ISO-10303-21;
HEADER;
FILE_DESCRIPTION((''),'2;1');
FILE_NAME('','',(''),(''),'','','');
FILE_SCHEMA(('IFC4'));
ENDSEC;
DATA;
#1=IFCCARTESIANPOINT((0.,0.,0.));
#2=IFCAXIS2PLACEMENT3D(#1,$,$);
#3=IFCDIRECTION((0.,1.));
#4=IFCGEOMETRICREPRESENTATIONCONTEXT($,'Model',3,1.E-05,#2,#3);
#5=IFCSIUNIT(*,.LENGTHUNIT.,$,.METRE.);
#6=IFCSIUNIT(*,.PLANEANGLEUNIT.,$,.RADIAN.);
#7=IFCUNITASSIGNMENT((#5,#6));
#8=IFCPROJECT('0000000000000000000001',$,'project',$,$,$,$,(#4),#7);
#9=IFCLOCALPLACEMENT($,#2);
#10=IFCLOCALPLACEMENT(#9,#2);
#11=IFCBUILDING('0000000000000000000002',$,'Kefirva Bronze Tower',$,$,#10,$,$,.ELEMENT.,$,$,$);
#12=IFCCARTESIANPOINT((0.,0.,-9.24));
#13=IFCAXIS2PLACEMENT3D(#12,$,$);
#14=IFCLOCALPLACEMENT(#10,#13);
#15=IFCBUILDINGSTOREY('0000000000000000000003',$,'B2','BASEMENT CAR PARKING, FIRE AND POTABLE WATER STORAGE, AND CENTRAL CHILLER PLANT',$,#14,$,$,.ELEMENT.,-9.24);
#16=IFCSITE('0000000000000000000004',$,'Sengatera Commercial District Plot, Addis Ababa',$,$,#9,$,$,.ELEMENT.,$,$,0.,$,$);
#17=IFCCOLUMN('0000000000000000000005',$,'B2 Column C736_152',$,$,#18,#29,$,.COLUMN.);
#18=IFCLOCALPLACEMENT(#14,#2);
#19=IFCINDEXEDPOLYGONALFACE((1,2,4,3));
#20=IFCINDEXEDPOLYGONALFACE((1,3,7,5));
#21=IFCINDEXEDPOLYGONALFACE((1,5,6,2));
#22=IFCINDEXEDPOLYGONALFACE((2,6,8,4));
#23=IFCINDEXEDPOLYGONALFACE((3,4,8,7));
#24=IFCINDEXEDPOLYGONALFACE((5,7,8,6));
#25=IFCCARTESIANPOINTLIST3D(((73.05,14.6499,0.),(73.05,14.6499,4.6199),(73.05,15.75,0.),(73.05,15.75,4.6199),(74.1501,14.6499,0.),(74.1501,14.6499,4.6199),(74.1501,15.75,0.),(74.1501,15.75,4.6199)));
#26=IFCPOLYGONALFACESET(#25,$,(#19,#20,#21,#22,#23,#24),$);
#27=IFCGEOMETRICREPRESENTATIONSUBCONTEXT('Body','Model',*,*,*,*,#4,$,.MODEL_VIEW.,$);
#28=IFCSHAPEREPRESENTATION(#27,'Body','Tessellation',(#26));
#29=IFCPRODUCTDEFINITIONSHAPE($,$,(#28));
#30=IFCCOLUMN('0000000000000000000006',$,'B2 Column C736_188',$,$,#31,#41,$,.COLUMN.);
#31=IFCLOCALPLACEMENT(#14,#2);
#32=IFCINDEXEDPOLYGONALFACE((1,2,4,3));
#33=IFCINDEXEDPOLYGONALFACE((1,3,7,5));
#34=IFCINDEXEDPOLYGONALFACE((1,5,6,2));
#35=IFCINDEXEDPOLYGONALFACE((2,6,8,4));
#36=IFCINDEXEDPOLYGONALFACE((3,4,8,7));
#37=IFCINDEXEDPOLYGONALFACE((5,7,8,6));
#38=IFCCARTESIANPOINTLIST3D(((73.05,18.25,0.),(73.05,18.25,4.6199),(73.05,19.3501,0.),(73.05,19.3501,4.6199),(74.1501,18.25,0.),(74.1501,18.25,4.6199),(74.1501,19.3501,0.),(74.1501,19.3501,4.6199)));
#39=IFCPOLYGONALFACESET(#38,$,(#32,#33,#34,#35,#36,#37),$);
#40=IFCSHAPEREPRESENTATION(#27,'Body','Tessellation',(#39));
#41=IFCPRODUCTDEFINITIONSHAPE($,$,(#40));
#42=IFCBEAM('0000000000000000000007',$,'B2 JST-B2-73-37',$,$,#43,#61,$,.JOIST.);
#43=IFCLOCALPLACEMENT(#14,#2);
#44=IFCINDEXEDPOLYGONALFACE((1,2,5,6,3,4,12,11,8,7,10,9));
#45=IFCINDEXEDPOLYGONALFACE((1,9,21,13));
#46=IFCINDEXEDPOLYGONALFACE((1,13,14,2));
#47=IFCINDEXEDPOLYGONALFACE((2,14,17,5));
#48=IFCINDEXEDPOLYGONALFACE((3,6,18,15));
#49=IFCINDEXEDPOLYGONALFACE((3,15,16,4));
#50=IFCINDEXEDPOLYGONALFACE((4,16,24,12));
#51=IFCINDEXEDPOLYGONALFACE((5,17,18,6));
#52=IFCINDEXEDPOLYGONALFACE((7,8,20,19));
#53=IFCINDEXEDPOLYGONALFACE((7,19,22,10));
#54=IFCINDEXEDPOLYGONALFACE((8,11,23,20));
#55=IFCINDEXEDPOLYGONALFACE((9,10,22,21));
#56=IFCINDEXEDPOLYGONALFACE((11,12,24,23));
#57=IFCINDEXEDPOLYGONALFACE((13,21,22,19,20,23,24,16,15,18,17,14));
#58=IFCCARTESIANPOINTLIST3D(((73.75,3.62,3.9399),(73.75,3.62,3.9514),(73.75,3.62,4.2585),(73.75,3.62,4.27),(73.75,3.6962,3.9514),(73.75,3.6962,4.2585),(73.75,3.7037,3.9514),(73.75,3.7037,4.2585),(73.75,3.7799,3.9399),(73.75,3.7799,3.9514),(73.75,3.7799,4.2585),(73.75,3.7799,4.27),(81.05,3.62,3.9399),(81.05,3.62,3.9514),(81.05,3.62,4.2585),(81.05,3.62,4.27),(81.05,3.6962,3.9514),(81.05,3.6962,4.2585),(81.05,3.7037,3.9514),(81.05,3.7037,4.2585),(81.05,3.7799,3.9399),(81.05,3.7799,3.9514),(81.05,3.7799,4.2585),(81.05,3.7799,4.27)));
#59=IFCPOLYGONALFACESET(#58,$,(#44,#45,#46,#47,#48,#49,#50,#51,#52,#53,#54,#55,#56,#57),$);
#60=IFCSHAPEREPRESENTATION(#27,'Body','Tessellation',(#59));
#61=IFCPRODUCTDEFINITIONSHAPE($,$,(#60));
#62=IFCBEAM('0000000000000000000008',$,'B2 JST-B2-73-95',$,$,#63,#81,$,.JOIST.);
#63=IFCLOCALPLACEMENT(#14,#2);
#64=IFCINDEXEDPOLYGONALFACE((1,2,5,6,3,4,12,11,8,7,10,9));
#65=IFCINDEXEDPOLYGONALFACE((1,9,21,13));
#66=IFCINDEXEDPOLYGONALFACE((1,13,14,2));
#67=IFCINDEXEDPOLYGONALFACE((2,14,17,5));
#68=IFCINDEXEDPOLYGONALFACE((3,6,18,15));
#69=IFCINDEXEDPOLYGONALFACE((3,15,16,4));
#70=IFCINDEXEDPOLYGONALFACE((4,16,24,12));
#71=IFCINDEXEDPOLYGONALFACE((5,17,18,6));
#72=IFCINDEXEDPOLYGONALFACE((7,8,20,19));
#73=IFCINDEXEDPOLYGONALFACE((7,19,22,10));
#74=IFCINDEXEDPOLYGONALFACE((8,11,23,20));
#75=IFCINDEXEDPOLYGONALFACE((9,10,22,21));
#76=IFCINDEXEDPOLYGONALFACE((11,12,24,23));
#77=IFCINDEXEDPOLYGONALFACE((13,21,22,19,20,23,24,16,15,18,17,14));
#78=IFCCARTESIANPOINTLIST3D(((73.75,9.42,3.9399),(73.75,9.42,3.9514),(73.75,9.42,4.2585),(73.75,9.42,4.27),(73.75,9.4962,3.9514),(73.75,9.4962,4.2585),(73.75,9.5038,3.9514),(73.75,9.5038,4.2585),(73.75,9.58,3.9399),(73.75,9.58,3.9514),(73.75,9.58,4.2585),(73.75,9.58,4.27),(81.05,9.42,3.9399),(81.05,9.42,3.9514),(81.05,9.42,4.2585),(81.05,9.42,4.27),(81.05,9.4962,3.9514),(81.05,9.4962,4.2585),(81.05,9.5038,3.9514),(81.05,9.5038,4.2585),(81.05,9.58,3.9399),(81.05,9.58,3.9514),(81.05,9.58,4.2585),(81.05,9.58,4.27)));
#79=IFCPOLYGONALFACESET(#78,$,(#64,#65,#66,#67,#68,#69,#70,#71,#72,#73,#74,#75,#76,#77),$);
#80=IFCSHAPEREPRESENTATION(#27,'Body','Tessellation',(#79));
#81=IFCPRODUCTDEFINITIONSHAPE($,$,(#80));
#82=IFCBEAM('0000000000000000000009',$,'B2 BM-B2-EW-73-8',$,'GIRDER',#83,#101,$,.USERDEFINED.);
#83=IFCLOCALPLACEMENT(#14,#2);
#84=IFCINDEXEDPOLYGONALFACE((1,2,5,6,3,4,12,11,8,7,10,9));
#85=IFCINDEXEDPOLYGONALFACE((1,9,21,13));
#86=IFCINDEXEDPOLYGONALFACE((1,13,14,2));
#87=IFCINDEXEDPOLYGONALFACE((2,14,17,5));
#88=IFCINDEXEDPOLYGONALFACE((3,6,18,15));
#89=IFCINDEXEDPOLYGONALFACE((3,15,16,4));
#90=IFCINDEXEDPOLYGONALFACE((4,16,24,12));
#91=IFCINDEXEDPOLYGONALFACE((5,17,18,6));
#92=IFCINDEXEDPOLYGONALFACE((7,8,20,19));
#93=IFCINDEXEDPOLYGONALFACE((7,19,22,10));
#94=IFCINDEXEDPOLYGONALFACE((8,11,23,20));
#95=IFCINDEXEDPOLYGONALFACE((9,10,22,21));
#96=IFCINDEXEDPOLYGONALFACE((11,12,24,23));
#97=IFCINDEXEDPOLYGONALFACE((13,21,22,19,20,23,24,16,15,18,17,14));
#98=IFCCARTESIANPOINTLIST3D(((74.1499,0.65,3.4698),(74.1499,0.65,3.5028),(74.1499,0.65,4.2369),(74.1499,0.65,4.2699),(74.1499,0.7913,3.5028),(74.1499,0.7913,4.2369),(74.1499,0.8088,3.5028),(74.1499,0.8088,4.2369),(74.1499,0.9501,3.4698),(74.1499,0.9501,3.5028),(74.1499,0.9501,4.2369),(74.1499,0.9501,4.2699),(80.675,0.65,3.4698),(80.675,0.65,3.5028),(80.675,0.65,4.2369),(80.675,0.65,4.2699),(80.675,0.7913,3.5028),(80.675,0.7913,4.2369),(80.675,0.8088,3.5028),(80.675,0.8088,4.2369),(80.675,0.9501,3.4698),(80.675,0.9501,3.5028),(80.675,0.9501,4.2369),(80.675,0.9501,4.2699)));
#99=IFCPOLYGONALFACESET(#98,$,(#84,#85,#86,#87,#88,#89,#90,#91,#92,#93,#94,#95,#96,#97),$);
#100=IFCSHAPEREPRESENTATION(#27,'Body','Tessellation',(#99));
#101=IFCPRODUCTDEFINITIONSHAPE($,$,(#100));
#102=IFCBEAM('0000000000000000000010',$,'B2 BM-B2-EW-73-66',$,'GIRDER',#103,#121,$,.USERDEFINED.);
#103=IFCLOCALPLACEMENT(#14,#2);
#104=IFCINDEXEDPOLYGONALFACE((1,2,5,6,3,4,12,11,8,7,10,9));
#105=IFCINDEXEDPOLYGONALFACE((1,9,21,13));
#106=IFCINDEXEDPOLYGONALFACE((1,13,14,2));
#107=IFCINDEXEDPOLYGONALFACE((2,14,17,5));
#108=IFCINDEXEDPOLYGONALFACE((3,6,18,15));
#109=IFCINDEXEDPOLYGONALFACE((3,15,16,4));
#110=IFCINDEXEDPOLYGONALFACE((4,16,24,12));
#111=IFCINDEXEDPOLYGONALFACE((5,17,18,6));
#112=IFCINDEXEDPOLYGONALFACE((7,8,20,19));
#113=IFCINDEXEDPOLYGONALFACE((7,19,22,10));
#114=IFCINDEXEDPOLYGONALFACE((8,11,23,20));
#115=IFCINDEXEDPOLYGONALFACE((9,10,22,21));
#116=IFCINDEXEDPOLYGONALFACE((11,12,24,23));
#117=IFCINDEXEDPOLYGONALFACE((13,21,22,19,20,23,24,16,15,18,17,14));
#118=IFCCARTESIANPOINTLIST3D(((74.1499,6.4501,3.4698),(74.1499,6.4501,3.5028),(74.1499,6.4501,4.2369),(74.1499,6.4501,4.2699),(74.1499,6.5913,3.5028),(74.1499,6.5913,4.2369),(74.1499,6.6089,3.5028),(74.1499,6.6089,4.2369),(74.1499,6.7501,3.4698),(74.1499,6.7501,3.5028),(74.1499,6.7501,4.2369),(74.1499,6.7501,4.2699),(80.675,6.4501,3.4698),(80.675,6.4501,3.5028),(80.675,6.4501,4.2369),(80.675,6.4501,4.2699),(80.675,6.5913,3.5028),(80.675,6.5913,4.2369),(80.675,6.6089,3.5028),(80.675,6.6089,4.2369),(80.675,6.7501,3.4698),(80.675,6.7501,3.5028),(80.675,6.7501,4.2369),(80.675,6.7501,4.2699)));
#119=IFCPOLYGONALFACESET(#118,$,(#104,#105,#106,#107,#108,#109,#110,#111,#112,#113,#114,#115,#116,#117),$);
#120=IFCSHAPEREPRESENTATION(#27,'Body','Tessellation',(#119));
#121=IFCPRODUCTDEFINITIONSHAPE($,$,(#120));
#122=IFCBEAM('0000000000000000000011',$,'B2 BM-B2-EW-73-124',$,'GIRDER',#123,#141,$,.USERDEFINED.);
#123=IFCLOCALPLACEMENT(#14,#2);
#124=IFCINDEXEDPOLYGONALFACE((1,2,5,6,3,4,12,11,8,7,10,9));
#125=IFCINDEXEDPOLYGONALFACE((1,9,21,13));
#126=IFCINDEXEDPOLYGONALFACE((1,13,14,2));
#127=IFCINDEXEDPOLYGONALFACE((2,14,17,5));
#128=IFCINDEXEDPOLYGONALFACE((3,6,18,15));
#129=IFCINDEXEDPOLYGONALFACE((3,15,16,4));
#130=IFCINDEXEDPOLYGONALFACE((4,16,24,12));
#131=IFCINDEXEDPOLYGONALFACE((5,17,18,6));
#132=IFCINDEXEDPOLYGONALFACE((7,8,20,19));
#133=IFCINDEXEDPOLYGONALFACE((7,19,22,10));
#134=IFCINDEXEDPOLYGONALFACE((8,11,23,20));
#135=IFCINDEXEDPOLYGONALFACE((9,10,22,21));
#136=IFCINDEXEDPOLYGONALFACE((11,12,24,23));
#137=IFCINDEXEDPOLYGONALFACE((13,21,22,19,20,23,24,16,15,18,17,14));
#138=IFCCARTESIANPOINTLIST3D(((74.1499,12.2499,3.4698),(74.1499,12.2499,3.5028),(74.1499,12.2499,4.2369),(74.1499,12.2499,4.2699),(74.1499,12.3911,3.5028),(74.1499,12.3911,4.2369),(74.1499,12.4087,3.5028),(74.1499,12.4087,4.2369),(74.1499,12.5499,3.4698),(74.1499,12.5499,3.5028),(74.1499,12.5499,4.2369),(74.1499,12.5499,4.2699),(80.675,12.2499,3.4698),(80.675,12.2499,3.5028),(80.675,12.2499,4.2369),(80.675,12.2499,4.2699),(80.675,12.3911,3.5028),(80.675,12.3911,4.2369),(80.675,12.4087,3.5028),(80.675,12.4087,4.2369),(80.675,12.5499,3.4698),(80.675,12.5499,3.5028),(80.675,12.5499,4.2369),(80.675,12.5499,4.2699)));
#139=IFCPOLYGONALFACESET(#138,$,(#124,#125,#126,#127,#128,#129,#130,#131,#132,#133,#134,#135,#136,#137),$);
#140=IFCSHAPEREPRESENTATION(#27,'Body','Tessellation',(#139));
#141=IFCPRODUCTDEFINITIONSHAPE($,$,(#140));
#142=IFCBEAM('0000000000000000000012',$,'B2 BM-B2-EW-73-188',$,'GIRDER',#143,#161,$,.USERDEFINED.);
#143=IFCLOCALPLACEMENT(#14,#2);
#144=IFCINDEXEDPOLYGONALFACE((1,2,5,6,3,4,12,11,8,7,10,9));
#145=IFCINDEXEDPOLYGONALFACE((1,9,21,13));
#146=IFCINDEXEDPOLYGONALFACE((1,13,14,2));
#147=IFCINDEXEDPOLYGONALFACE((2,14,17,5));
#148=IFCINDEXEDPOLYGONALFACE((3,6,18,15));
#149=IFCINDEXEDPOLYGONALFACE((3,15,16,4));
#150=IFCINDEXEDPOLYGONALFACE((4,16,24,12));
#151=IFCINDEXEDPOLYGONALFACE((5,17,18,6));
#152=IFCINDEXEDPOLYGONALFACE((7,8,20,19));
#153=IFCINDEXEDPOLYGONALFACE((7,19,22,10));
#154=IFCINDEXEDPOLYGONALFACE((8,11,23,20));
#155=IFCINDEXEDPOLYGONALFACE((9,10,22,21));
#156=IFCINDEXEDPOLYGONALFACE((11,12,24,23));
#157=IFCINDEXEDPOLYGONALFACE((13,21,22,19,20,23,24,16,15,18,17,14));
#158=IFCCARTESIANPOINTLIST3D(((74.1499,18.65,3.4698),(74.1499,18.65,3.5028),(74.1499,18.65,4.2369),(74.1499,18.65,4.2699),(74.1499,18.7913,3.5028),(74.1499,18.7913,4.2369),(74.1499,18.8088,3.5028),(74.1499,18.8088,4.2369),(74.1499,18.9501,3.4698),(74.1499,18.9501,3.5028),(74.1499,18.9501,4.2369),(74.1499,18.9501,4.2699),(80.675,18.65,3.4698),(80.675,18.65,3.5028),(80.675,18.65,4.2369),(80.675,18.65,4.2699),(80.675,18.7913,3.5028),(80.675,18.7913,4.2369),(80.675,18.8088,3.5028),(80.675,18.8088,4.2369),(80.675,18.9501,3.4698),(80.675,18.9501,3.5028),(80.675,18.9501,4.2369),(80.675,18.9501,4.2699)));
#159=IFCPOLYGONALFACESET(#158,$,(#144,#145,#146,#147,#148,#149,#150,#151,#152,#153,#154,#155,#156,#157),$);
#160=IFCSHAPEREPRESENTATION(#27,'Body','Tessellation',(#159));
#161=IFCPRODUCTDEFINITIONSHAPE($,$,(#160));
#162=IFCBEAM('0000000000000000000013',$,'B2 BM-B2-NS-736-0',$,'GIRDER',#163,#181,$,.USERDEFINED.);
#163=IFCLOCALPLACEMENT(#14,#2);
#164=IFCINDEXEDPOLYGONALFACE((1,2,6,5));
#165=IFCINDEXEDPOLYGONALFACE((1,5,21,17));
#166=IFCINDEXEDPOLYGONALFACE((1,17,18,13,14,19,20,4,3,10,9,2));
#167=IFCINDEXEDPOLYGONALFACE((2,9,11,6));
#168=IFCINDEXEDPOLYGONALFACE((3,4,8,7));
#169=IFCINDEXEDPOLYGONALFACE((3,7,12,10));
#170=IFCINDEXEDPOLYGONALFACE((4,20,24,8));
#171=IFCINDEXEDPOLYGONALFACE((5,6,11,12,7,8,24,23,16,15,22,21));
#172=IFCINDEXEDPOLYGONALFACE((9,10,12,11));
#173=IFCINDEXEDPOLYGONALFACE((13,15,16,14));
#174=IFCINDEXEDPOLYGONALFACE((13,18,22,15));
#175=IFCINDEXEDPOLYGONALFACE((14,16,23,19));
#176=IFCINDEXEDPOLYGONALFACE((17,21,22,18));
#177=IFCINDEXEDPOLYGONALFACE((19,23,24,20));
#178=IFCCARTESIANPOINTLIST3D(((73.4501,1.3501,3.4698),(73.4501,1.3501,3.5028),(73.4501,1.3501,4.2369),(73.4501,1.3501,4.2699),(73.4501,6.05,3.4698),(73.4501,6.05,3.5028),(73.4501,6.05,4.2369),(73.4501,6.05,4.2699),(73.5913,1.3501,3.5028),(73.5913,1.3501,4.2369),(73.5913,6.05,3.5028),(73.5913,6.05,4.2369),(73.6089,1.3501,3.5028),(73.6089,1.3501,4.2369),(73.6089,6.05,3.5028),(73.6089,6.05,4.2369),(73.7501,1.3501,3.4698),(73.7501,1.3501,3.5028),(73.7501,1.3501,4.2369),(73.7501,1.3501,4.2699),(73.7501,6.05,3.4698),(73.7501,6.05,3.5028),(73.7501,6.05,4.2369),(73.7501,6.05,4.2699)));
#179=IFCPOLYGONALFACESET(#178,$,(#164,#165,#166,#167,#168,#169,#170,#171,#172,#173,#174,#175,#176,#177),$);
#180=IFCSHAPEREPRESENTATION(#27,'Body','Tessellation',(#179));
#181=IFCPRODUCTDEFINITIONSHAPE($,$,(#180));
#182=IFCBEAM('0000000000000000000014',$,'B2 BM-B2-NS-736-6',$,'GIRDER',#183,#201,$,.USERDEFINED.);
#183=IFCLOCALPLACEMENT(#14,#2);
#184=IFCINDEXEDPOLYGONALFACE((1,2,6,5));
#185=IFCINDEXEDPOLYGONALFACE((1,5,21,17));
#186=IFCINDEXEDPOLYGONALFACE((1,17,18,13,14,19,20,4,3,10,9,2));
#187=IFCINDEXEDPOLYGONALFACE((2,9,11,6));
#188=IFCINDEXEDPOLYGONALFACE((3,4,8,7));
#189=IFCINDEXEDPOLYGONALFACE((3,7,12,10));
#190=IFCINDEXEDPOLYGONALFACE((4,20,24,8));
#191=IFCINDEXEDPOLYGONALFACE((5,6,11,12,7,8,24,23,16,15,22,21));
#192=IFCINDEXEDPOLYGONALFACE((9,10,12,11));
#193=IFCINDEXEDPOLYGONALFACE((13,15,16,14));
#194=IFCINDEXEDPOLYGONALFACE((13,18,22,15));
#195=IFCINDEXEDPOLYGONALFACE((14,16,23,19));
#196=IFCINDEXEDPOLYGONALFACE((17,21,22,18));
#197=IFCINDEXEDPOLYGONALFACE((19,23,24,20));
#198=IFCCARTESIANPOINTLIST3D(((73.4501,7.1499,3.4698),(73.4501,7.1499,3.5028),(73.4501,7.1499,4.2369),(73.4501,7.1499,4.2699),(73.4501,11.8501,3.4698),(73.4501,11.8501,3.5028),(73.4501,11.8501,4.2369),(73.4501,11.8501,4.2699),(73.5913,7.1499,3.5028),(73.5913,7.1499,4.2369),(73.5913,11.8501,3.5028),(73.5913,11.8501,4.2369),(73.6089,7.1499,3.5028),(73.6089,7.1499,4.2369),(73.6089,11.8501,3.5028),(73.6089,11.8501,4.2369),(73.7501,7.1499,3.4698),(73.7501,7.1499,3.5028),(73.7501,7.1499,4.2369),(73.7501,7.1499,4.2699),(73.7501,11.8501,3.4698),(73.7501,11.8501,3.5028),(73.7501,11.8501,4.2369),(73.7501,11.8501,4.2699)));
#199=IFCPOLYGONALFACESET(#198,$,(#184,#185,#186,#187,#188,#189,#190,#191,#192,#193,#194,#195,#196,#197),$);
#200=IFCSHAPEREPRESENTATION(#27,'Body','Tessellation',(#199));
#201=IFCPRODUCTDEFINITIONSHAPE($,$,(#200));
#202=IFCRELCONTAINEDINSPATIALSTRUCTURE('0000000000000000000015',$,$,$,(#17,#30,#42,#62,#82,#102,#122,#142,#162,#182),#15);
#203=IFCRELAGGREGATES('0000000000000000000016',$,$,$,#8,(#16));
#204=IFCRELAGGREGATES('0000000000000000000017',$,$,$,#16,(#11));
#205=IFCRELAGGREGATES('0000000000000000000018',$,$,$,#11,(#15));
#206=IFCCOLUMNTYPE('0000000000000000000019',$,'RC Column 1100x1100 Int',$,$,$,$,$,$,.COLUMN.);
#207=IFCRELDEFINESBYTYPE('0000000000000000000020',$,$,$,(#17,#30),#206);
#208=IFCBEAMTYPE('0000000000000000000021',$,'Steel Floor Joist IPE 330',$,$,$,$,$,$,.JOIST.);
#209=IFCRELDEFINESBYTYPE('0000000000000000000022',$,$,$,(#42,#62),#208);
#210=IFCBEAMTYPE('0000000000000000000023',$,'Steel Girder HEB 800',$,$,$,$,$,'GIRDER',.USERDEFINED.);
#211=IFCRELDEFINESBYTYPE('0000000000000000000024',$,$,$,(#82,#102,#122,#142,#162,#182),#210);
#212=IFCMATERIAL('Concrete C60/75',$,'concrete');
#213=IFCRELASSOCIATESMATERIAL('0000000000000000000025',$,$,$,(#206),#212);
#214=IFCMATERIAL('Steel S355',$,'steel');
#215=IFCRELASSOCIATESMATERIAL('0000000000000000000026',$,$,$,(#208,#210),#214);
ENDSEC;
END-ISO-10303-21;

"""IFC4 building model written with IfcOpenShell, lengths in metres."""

from ifc_helpers import new_model, si_unit, direction, frame, origin, origin_2d, place, context, subcontext, project, spatial, rectangle, i_section, extrude, material, material_profile, profile_set, type_object, element, save


model = new_model("IFC4")

# Units and contexts
model_context = context("Model", 3, precision=1e-05, world=origin(), true_north=direction((0.0, 1.0)))
body_context = subcontext(model_context, "Body", "Model", "MODEL_VIEW")
ifc_project = project(units=[si_unit("LENGTHUNIT", "METRE"), si_unit("PLANEANGLEUNIT", "RADIAN")], contexts=[model_context])

# Site, building, storey
site_placement = place(None, origin())
site = spatial("IfcSite", under=ifc_project, at=site_placement, Name="Sengatera Commercial District Plot, Addis Ababa", CompositionType="ELEMENT", RefElevation=0.0)
building_placement = place(site_placement, origin())
building = spatial("IfcBuilding", under=site, at=building_placement, Name="Kefirva Bronze Tower", CompositionType="ELEMENT")
storey_placement = place(building_placement, frame((0.0, 0.0, -9.24)))
storey = spatial("IfcBuildingStorey", under=building, at=storey_placement, Name="B2", Description="BASEMENT CAR PARKING, FIRE AND POTABLE WATER STORAGE, AND CENTRAL CHILLER PLANT", CompositionType="ELEMENT", Elevation=-9.24)

# Columns
ifc_material_1 = material(Name="Concrete C60/75", Category="concrete")
ifc_material_profile_1 = material_profile(ifc_material_1, rectangle(XDim=1.1001, YDim=1.1001, at=origin_2d()), Name="RC 1100x1100")
ifc_profile_set_1 = profile_set([ifc_material_profile_1], Name="Concrete C60/75")
column_type_1 = type_object("IfcColumnType", Name="RC Column 1100x1100 Int", PredefinedType="COLUMN", material=ifc_profile_set_1)
for number, where, z_axis, x_axis, name in (
    (1, (73.6001, 15.2, 0.0), (0.0, 0.0, 1.0), (1.0, 0.0, 0.0), "B2 Column C736_152"),
    (2, (73.6001, 18.8, 0.0), (0.0, 0.0, 1.0), (1.0, 0.0, 0.0), "B2 Column C736_188"),
):
    element("IfcColumn", number, at=place(storey_placement, frame(where, z_axis=z_axis, x_axis=x_axis)), inside=storey, type_object=column_type_1, Name=name, PredefinedType="COLUMN", context=body_context, shape_type="SweptSolid", body=[
        extrude(rectangle(XDim=1.1001, YDim=1.1001, at=origin_2d()), origin(), (0.0, 0.0, 1.0), 4.6199),
    ])

# Beams
ifc_material_2 = material(Name="Steel S355", Category="steel")
ifc_material_profile_2 = material_profile(ifc_material_2, i_section(OverallWidth=0.1599, OverallDepth=0.3301, WebThickness=0.0076, FlangeThickness=0.0115, at=origin_2d()), Name="IPE 330")
ifc_profile_set_2 = profile_set([ifc_material_profile_2], Name="Steel S355")
beam_type_1 = type_object("IfcBeamType", Name="Steel Floor Joist IPE 330", PredefinedType="JOIST", material=ifc_profile_set_2)
for number, where, z_axis, x_axis, name in (
    (3, (73.75, 3.7, 4.105), (1.0, 0.0, 0.0), (0.0, 1.0, 0.0), "B2 JST-B2-73-37"),
    (4, (73.75, 9.5, 4.105), (1.0, 0.0, 0.0), (0.0, 1.0, 0.0), "B2 JST-B2-73-95"),
):
    element("IfcBeam", number, at=place(storey_placement, frame(where, z_axis=z_axis, x_axis=x_axis)), inside=storey, type_object=beam_type_1, Name=name, PredefinedType="JOIST", context=body_context, shape_type="SweptSolid", body=[
        extrude(i_section(OverallWidth=0.1599, OverallDepth=0.3301, WebThickness=0.0076, FlangeThickness=0.0115, at=origin_2d()), origin(), (0.0, 0.0, 1.0), 7.3),
    ])
ifc_material_profile_3 = material_profile(ifc_material_2, i_section(OverallWidth=0.3, OverallDepth=0.8, WebThickness=0.0176, FlangeThickness=0.033, at=origin_2d()), Name="HEB 800")
ifc_profile_set_3 = profile_set([ifc_material_profile_3], Name="Steel S355")
beam_type_2 = type_object("IfcBeamType", Name="Steel Girder HEB 800", ElementType="GIRDER", PredefinedType="USERDEFINED", material=ifc_profile_set_3)
for number, where, z_axis, x_axis, name in (
    (5, (74.1499, 0.8, 3.8699), (1.0, 0.0, 0.0), (0.0, 1.0, 0.0), "B2 BM-B2-EW-73-8"),
    (6, (74.1499, 6.6001, 3.8699), (1.0, 0.0, 0.0), (0.0, 1.0, 0.0), "B2 BM-B2-EW-73-66"),
    (7, (74.1499, 12.3999, 3.8699), (1.0, 0.0, 0.0), (0.0, 1.0, 0.0), "B2 BM-B2-EW-73-124"),
    (8, (74.1499, 18.8, 3.8699), (1.0, 0.0, 0.0), (0.0, 1.0, 0.0), "B2 BM-B2-EW-73-188"),
):
    element("IfcBeam", number, at=place(storey_placement, frame(where, z_axis=z_axis, x_axis=x_axis)), inside=storey, type_object=beam_type_2, Name=name, ObjectType="GIRDER", PredefinedType="USERDEFINED", context=body_context, shape_type="SweptSolid", body=[
        extrude(i_section(OverallWidth=0.3, OverallDepth=0.8, WebThickness=0.0176, FlangeThickness=0.033, at=origin_2d()), origin(), (0.0, 0.0, 1.0), 6.5251),
    ])
beam_1_placement = place(storey_placement, frame((73.6001, 1.3501, 3.8699), z_axis=(0.0, 1.0, 0.0), x_axis=(-1.0, 0.0, 0.0)))
element("IfcBeam", 9, at=beam_1_placement, inside=storey, type_object=beam_type_2, Name="B2 BM-B2-NS-736-0", ObjectType="GIRDER", PredefinedType="USERDEFINED", context=body_context, shape_type="SweptSolid", body=[
    extrude(i_section(OverallWidth=0.3, OverallDepth=0.8, WebThickness=0.0176, FlangeThickness=0.033, at=origin_2d()), origin(), (0.0, 0.0, 1.0), 4.7),
])
beam_2_placement = place(storey_placement, frame((73.6001, 7.1499, 3.8699), z_axis=(0.0, 1.0, 0.0), x_axis=(-1.0, 0.0, 0.0)))
element("IfcBeam", 10, at=beam_2_placement, inside=storey, type_object=beam_type_2, Name="B2 BM-B2-NS-736-6", ObjectType="GIRDER", PredefinedType="USERDEFINED", context=body_context, shape_type="SweptSolid", body=[
    extrude(i_section(OverallWidth=0.3, OverallDepth=0.8, WebThickness=0.0176, FlangeThickness=0.033, at=origin_2d()), origin(), (0.0, 0.0, 1.0), 4.7002),
])

save(model, "model.ifc")
